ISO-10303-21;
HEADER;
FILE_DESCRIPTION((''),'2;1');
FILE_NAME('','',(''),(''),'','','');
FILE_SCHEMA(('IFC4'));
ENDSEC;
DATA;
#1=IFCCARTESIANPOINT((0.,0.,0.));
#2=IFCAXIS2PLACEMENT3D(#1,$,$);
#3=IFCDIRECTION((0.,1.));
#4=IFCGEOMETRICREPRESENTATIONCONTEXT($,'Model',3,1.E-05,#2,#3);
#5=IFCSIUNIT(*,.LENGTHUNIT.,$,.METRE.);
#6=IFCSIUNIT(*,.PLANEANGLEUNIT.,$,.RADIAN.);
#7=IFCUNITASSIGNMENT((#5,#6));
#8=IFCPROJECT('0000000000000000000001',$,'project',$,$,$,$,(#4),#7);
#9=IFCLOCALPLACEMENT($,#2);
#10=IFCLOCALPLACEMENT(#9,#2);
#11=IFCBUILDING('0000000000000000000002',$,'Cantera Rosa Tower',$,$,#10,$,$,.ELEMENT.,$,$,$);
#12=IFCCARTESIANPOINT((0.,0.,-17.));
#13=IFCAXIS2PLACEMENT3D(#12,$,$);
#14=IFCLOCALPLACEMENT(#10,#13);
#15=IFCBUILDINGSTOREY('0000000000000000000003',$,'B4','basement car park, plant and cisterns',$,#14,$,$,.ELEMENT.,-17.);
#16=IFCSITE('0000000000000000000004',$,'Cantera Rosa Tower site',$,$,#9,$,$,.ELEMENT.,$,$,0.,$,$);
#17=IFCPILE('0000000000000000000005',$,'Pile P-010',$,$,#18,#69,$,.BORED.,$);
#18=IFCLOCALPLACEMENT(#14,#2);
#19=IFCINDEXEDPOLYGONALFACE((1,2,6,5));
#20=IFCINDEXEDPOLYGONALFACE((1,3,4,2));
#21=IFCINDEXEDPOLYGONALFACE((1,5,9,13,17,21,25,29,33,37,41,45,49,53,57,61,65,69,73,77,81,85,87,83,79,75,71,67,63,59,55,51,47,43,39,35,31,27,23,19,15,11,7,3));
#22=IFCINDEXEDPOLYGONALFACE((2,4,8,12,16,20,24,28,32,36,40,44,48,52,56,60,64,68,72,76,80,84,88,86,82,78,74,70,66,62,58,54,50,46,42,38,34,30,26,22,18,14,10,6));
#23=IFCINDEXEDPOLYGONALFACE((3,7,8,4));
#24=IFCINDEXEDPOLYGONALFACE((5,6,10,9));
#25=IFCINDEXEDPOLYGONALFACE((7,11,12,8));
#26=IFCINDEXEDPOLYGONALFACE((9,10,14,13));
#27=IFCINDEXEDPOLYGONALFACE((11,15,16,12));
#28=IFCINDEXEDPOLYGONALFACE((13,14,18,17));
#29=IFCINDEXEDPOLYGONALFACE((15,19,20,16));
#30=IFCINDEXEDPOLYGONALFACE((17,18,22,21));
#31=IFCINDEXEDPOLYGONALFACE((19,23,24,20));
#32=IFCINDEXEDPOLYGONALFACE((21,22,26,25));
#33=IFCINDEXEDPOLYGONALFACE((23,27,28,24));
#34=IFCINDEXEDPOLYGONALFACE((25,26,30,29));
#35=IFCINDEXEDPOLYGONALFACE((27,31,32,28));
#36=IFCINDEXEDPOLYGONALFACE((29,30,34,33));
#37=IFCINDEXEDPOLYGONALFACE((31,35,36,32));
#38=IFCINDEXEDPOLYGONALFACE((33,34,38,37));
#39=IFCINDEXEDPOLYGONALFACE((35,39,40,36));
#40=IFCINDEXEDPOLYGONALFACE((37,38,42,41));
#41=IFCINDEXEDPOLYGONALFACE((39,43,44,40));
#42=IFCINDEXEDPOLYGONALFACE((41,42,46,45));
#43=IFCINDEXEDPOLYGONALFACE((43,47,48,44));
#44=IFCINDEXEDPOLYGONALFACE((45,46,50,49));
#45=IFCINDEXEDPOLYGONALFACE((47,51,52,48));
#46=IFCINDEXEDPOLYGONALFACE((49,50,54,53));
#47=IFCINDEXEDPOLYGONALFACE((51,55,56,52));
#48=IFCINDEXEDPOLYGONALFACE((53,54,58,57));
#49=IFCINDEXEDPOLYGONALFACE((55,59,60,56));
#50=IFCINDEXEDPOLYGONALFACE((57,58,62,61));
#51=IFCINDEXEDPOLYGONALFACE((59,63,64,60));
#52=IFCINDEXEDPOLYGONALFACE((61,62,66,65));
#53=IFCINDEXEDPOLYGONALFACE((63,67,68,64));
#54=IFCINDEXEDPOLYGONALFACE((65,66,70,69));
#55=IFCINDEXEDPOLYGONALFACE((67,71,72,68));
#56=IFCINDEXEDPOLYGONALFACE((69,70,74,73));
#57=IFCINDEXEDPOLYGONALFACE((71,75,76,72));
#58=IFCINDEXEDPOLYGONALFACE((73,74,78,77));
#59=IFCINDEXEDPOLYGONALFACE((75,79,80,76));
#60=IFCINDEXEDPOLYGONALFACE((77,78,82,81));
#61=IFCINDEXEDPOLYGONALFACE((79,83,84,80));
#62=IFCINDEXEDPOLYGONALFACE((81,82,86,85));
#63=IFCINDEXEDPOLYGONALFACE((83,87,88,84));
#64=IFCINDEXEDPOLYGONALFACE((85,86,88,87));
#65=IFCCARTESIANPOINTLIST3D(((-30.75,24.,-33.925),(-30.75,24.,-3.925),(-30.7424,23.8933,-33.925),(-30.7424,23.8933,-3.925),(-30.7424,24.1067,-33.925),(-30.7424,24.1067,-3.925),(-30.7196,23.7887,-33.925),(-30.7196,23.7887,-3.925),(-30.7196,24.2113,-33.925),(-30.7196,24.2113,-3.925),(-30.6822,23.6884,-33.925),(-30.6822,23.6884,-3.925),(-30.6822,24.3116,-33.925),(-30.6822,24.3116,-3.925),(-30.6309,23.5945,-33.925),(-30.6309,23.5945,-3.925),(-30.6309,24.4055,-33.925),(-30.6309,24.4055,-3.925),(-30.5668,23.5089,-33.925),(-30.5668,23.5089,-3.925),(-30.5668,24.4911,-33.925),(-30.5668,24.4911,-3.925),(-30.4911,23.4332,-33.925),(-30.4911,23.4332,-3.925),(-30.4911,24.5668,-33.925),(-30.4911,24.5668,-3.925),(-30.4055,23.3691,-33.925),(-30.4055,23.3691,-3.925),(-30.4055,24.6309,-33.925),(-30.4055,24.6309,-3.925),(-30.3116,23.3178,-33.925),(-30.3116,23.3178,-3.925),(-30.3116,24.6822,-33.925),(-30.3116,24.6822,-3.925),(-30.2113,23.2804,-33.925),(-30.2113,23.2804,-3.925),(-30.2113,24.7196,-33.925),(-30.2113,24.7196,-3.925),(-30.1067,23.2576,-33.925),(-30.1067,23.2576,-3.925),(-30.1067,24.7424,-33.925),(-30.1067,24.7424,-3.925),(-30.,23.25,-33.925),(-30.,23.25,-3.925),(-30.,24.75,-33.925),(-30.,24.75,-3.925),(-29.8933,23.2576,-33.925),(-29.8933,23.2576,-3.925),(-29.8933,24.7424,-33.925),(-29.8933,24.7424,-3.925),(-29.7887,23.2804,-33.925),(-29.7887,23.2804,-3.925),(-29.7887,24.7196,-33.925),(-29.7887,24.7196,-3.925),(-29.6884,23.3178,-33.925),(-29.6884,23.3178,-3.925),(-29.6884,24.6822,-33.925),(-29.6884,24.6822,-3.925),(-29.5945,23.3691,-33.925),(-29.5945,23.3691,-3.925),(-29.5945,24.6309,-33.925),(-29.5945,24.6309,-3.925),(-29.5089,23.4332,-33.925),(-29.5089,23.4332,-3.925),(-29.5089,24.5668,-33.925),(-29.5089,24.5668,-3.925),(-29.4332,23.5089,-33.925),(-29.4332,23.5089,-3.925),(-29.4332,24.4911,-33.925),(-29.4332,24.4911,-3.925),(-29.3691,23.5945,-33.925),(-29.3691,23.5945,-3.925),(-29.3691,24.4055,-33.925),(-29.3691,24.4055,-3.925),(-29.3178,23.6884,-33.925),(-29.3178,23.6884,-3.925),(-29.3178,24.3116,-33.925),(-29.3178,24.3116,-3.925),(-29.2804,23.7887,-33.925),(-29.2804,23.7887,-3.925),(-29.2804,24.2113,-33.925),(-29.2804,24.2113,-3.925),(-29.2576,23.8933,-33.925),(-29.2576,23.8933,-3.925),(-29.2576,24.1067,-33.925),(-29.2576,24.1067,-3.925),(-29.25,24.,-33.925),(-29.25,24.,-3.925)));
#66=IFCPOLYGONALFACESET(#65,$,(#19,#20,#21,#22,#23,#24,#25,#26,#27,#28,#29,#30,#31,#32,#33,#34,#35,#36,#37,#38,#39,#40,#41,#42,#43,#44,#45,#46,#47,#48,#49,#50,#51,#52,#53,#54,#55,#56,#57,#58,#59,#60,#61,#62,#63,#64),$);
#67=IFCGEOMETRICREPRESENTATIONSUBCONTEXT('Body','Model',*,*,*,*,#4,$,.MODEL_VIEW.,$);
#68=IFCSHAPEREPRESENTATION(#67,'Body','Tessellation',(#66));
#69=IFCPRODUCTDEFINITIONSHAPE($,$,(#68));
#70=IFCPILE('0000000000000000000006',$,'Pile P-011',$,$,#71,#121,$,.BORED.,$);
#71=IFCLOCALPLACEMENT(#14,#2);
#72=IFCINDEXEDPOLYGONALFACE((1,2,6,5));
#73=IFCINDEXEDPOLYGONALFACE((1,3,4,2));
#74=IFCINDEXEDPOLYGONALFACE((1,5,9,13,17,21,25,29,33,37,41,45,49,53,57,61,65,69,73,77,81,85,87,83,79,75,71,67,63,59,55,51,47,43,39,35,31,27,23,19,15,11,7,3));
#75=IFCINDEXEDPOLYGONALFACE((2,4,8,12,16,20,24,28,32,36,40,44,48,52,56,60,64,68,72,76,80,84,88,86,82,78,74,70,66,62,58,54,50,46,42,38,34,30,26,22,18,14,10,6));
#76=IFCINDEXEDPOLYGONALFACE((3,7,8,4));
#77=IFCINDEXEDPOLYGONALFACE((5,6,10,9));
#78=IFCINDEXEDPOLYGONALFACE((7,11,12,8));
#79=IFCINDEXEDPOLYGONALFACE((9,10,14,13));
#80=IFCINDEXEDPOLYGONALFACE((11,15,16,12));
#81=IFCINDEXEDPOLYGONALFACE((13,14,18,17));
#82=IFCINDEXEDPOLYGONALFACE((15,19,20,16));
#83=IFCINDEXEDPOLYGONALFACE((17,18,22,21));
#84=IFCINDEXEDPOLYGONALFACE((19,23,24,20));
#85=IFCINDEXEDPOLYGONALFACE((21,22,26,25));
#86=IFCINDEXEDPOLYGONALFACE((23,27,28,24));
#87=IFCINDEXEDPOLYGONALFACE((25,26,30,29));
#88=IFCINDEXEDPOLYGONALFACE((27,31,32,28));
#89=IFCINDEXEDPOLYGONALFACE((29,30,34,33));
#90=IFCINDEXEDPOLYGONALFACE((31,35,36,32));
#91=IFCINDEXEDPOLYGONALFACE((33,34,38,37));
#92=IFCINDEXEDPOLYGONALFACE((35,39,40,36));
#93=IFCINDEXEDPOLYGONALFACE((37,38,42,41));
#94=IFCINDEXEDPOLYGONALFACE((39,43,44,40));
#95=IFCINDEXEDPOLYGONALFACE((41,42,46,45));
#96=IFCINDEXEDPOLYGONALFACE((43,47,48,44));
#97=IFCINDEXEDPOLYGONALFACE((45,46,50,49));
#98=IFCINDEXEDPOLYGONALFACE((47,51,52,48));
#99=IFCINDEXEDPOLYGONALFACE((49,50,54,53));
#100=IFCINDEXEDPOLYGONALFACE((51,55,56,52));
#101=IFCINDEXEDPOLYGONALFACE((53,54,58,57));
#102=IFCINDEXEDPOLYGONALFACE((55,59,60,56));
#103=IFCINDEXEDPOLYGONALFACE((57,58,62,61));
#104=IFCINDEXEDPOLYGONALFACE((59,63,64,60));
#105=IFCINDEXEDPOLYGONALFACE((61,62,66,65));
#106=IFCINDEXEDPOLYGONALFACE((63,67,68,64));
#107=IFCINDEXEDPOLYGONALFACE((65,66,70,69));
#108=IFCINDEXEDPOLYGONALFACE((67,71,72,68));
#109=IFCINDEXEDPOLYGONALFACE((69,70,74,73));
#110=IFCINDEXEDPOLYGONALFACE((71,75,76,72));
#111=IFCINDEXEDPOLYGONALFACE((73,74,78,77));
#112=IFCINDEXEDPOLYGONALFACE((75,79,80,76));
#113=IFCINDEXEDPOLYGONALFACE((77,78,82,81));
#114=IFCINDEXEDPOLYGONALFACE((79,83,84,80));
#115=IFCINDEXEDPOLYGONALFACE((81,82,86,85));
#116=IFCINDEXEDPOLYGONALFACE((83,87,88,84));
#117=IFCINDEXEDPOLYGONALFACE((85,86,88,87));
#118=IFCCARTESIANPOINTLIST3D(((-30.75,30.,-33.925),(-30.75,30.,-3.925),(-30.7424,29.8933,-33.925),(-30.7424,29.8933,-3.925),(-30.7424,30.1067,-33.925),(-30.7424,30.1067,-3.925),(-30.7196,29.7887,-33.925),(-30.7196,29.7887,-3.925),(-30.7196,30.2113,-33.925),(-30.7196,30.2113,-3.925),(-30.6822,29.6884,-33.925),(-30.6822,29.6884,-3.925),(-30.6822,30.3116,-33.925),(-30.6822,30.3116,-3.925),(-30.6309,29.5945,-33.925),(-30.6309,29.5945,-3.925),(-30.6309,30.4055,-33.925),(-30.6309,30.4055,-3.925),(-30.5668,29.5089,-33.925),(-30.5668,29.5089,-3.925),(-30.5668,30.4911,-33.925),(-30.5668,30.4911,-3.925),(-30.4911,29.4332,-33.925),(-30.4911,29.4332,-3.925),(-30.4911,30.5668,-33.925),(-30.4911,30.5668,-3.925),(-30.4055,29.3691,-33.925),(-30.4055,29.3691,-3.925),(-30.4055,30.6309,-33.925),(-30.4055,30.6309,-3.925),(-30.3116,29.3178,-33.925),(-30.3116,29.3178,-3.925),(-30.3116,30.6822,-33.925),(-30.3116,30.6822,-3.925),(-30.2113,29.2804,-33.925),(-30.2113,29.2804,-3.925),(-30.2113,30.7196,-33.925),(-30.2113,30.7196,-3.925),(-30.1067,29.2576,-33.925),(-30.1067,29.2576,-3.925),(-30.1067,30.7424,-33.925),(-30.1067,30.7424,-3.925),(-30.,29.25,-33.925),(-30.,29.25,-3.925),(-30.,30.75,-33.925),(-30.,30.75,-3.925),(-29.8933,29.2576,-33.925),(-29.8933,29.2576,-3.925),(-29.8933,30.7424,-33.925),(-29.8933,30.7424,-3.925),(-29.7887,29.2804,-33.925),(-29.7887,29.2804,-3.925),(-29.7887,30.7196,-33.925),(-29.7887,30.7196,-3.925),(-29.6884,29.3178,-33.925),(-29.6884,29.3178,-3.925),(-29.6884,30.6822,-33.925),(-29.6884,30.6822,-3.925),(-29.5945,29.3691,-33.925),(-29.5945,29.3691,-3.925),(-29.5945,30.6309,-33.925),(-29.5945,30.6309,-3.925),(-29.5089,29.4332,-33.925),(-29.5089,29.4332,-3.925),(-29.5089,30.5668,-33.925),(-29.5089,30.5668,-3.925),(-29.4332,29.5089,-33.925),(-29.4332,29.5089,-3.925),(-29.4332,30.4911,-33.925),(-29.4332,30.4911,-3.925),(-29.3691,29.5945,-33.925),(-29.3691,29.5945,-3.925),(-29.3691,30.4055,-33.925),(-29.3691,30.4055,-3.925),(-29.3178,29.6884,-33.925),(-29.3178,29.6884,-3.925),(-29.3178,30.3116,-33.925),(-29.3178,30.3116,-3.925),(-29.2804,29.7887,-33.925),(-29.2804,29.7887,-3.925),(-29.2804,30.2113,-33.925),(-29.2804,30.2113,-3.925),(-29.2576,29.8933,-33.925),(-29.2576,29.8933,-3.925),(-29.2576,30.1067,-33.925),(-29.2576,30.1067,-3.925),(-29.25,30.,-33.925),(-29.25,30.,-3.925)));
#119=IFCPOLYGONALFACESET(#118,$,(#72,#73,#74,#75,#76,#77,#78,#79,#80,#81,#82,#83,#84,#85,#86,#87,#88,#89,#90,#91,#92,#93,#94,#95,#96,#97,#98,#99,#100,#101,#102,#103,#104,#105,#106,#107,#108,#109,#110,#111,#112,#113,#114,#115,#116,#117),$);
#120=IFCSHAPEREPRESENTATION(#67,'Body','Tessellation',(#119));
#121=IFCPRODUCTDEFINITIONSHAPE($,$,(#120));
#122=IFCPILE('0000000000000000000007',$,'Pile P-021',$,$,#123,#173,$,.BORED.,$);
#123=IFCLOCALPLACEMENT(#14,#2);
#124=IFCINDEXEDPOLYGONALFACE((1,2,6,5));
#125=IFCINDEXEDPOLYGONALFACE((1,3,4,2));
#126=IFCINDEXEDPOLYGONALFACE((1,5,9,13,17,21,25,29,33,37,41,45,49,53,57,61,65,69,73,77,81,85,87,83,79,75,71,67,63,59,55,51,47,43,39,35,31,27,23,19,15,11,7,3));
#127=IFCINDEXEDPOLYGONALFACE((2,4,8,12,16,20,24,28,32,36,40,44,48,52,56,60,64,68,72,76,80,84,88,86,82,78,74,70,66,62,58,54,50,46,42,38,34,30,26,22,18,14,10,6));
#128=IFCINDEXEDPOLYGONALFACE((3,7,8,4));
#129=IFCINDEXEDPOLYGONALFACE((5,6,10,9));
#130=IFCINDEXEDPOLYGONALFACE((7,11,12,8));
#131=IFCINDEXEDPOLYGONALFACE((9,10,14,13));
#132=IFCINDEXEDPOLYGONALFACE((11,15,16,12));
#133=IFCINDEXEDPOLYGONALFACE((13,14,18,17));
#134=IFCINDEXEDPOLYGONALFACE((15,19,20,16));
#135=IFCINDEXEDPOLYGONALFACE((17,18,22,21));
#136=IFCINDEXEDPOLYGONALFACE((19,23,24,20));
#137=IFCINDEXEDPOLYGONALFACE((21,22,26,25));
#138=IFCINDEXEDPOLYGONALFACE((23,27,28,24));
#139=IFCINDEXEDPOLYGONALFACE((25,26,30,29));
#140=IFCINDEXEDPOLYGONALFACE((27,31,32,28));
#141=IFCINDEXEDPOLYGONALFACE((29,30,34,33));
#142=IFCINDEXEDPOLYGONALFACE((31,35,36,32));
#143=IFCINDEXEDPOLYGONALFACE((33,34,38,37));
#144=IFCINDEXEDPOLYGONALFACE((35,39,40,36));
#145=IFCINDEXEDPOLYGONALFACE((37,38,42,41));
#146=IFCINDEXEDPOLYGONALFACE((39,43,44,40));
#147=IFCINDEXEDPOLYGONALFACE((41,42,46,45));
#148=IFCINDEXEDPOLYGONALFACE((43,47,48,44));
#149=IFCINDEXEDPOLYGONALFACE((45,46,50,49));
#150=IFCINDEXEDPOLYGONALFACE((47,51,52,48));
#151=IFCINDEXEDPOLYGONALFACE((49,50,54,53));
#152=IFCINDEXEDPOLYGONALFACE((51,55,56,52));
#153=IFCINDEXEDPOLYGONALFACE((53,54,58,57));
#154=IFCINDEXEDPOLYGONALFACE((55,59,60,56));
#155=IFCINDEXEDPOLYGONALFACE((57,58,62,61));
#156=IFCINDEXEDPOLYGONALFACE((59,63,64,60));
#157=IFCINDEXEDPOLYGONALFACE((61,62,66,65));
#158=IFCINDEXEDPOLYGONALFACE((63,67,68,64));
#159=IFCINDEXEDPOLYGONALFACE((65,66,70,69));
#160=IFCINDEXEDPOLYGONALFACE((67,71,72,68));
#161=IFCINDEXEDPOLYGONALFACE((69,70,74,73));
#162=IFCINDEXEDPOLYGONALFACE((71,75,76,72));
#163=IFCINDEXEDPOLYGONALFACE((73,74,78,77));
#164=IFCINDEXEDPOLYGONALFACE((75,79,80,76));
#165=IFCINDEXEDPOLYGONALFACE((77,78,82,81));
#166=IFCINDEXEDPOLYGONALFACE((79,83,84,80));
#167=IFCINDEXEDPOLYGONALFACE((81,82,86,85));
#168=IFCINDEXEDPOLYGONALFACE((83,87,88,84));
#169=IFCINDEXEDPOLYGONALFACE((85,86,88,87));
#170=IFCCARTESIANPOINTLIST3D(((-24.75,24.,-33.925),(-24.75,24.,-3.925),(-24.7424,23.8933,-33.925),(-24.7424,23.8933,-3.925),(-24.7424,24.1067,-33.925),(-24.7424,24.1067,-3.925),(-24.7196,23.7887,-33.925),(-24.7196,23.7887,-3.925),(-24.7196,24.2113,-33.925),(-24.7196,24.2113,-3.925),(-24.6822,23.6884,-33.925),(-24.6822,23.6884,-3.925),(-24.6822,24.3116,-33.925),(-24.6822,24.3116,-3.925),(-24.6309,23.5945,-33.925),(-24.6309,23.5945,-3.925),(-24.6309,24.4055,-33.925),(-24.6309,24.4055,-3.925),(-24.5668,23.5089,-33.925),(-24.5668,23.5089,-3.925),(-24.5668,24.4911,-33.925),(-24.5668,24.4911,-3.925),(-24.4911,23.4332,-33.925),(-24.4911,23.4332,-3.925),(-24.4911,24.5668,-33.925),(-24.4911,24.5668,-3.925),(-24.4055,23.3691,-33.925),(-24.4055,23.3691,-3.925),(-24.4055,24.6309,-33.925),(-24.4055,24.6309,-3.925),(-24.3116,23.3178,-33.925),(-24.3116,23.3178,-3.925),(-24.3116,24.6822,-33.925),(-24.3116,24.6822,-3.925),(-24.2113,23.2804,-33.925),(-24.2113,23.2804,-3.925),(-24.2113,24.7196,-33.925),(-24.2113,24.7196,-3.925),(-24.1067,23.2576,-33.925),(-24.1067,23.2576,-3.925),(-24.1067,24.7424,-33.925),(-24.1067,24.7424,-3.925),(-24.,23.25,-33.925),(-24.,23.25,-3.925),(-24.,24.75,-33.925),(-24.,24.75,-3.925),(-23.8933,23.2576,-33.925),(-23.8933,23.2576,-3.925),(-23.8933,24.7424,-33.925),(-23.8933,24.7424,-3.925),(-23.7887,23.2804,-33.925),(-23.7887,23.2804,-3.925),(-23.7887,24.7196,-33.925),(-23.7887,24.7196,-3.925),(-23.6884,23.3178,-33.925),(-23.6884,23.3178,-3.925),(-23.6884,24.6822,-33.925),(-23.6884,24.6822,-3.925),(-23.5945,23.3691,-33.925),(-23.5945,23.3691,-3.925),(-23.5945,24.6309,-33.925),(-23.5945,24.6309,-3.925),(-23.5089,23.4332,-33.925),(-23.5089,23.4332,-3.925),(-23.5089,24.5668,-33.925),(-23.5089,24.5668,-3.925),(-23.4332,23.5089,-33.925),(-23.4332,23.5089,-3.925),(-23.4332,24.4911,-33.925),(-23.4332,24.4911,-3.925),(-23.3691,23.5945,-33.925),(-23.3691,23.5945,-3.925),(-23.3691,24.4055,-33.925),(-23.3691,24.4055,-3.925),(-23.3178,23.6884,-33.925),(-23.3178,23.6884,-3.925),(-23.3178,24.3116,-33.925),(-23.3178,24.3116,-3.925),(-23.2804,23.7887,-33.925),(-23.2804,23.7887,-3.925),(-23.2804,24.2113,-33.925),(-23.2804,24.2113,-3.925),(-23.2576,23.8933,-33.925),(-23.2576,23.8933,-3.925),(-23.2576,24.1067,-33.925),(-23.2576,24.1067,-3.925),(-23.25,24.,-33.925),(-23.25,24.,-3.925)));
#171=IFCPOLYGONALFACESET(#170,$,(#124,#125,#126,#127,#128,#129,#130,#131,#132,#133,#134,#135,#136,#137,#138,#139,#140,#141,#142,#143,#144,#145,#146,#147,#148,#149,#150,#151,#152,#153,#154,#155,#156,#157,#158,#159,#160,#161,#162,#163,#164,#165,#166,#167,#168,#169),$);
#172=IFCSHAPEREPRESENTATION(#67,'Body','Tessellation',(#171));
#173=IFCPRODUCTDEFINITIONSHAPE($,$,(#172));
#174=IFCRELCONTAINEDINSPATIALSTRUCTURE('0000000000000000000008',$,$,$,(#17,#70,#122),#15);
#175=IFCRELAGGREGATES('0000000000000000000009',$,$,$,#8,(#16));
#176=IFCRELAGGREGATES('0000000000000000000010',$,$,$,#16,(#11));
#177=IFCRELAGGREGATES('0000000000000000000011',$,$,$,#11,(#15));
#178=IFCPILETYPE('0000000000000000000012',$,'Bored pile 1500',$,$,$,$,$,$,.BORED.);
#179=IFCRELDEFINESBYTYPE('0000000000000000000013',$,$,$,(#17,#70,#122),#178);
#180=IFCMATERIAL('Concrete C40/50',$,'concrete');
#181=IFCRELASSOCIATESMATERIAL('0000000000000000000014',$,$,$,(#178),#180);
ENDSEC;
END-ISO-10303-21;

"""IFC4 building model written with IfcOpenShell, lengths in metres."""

from ifc_helpers import new_model, si_unit, direction, frame, origin, origin_2d, place, context, subcontext, project, spatial, circle, extrude, material, material_profile, profile_set, type_object, element, save


model = new_model("IFC4")

# Units and contexts
model_context = context("Model", 3, precision=1e-05, world=origin(), true_north=direction((0.0, 1.0)))
body_context = subcontext(model_context, "Body", "Model", "MODEL_VIEW")
ifc_project = project(units=[si_unit("LENGTHUNIT", "METRE"), si_unit("PLANEANGLEUNIT", "RADIAN")], contexts=[model_context])

# Site, building, storey
site_placement = place(None, origin())
site = spatial("IfcSite", under=ifc_project, at=site_placement, Name="Cantera Rosa Tower site", CompositionType="ELEMENT", RefElevation=0.0)
building_placement = place(site_placement, origin())
building = spatial("IfcBuilding", under=site, at=building_placement, Name="Cantera Rosa Tower", CompositionType="ELEMENT")
storey_placement = place(building_placement, frame((0.0, 0.0, -17.0)))
storey = spatial("IfcBuildingStorey", under=building, at=storey_placement, Name="B4", Description="basement car park, plant and cisterns", CompositionType="ELEMENT", Elevation=-17.0)

# Piles
ifc_material_1 = material(Name="Concrete C40/50", Category="concrete")
ifc_material_profile_1 = material_profile(ifc_material_1, circle(Radius=0.75, at=origin_2d()), Name="Bored pile 1500")
ifc_profile_set_1 = profile_set([ifc_material_profile_1], Name="Concrete C40/50")
pile_type = type_object("IfcPileType", Name="Bored pile 1500", PredefinedType="BORED", material=ifc_profile_set_1)
for number, where, z_axis, x_axis, name in (
    (1, (-30.0, 24.0, -3.925), (0.0, 0.0, -1.0), (1.0, 0.0, 0.0), "Pile P-010"),
    (2, (-30.0, 30.0, -3.925), (0.0, 0.0, -1.0), (1.0, 0.0, 0.0), "Pile P-011"),
    (3, (-24.0, 24.0, -3.925), (0.0, 0.0, -1.0), (1.0, 0.0, 0.0), "Pile P-021"),
):
    element("IfcPile", number, at=place(storey_placement, frame(where, z_axis=z_axis, x_axis=x_axis)), inside=storey, type_object=pile_type, Name=name, PredefinedType="BORED", context=body_context, shape_type="SweptSolid", body=[
        extrude(circle(Radius=0.75, at=origin_2d()), origin(), (0.0, 0.0, 1.0), 30.0),
    ])

save(model, "model.ifc")
